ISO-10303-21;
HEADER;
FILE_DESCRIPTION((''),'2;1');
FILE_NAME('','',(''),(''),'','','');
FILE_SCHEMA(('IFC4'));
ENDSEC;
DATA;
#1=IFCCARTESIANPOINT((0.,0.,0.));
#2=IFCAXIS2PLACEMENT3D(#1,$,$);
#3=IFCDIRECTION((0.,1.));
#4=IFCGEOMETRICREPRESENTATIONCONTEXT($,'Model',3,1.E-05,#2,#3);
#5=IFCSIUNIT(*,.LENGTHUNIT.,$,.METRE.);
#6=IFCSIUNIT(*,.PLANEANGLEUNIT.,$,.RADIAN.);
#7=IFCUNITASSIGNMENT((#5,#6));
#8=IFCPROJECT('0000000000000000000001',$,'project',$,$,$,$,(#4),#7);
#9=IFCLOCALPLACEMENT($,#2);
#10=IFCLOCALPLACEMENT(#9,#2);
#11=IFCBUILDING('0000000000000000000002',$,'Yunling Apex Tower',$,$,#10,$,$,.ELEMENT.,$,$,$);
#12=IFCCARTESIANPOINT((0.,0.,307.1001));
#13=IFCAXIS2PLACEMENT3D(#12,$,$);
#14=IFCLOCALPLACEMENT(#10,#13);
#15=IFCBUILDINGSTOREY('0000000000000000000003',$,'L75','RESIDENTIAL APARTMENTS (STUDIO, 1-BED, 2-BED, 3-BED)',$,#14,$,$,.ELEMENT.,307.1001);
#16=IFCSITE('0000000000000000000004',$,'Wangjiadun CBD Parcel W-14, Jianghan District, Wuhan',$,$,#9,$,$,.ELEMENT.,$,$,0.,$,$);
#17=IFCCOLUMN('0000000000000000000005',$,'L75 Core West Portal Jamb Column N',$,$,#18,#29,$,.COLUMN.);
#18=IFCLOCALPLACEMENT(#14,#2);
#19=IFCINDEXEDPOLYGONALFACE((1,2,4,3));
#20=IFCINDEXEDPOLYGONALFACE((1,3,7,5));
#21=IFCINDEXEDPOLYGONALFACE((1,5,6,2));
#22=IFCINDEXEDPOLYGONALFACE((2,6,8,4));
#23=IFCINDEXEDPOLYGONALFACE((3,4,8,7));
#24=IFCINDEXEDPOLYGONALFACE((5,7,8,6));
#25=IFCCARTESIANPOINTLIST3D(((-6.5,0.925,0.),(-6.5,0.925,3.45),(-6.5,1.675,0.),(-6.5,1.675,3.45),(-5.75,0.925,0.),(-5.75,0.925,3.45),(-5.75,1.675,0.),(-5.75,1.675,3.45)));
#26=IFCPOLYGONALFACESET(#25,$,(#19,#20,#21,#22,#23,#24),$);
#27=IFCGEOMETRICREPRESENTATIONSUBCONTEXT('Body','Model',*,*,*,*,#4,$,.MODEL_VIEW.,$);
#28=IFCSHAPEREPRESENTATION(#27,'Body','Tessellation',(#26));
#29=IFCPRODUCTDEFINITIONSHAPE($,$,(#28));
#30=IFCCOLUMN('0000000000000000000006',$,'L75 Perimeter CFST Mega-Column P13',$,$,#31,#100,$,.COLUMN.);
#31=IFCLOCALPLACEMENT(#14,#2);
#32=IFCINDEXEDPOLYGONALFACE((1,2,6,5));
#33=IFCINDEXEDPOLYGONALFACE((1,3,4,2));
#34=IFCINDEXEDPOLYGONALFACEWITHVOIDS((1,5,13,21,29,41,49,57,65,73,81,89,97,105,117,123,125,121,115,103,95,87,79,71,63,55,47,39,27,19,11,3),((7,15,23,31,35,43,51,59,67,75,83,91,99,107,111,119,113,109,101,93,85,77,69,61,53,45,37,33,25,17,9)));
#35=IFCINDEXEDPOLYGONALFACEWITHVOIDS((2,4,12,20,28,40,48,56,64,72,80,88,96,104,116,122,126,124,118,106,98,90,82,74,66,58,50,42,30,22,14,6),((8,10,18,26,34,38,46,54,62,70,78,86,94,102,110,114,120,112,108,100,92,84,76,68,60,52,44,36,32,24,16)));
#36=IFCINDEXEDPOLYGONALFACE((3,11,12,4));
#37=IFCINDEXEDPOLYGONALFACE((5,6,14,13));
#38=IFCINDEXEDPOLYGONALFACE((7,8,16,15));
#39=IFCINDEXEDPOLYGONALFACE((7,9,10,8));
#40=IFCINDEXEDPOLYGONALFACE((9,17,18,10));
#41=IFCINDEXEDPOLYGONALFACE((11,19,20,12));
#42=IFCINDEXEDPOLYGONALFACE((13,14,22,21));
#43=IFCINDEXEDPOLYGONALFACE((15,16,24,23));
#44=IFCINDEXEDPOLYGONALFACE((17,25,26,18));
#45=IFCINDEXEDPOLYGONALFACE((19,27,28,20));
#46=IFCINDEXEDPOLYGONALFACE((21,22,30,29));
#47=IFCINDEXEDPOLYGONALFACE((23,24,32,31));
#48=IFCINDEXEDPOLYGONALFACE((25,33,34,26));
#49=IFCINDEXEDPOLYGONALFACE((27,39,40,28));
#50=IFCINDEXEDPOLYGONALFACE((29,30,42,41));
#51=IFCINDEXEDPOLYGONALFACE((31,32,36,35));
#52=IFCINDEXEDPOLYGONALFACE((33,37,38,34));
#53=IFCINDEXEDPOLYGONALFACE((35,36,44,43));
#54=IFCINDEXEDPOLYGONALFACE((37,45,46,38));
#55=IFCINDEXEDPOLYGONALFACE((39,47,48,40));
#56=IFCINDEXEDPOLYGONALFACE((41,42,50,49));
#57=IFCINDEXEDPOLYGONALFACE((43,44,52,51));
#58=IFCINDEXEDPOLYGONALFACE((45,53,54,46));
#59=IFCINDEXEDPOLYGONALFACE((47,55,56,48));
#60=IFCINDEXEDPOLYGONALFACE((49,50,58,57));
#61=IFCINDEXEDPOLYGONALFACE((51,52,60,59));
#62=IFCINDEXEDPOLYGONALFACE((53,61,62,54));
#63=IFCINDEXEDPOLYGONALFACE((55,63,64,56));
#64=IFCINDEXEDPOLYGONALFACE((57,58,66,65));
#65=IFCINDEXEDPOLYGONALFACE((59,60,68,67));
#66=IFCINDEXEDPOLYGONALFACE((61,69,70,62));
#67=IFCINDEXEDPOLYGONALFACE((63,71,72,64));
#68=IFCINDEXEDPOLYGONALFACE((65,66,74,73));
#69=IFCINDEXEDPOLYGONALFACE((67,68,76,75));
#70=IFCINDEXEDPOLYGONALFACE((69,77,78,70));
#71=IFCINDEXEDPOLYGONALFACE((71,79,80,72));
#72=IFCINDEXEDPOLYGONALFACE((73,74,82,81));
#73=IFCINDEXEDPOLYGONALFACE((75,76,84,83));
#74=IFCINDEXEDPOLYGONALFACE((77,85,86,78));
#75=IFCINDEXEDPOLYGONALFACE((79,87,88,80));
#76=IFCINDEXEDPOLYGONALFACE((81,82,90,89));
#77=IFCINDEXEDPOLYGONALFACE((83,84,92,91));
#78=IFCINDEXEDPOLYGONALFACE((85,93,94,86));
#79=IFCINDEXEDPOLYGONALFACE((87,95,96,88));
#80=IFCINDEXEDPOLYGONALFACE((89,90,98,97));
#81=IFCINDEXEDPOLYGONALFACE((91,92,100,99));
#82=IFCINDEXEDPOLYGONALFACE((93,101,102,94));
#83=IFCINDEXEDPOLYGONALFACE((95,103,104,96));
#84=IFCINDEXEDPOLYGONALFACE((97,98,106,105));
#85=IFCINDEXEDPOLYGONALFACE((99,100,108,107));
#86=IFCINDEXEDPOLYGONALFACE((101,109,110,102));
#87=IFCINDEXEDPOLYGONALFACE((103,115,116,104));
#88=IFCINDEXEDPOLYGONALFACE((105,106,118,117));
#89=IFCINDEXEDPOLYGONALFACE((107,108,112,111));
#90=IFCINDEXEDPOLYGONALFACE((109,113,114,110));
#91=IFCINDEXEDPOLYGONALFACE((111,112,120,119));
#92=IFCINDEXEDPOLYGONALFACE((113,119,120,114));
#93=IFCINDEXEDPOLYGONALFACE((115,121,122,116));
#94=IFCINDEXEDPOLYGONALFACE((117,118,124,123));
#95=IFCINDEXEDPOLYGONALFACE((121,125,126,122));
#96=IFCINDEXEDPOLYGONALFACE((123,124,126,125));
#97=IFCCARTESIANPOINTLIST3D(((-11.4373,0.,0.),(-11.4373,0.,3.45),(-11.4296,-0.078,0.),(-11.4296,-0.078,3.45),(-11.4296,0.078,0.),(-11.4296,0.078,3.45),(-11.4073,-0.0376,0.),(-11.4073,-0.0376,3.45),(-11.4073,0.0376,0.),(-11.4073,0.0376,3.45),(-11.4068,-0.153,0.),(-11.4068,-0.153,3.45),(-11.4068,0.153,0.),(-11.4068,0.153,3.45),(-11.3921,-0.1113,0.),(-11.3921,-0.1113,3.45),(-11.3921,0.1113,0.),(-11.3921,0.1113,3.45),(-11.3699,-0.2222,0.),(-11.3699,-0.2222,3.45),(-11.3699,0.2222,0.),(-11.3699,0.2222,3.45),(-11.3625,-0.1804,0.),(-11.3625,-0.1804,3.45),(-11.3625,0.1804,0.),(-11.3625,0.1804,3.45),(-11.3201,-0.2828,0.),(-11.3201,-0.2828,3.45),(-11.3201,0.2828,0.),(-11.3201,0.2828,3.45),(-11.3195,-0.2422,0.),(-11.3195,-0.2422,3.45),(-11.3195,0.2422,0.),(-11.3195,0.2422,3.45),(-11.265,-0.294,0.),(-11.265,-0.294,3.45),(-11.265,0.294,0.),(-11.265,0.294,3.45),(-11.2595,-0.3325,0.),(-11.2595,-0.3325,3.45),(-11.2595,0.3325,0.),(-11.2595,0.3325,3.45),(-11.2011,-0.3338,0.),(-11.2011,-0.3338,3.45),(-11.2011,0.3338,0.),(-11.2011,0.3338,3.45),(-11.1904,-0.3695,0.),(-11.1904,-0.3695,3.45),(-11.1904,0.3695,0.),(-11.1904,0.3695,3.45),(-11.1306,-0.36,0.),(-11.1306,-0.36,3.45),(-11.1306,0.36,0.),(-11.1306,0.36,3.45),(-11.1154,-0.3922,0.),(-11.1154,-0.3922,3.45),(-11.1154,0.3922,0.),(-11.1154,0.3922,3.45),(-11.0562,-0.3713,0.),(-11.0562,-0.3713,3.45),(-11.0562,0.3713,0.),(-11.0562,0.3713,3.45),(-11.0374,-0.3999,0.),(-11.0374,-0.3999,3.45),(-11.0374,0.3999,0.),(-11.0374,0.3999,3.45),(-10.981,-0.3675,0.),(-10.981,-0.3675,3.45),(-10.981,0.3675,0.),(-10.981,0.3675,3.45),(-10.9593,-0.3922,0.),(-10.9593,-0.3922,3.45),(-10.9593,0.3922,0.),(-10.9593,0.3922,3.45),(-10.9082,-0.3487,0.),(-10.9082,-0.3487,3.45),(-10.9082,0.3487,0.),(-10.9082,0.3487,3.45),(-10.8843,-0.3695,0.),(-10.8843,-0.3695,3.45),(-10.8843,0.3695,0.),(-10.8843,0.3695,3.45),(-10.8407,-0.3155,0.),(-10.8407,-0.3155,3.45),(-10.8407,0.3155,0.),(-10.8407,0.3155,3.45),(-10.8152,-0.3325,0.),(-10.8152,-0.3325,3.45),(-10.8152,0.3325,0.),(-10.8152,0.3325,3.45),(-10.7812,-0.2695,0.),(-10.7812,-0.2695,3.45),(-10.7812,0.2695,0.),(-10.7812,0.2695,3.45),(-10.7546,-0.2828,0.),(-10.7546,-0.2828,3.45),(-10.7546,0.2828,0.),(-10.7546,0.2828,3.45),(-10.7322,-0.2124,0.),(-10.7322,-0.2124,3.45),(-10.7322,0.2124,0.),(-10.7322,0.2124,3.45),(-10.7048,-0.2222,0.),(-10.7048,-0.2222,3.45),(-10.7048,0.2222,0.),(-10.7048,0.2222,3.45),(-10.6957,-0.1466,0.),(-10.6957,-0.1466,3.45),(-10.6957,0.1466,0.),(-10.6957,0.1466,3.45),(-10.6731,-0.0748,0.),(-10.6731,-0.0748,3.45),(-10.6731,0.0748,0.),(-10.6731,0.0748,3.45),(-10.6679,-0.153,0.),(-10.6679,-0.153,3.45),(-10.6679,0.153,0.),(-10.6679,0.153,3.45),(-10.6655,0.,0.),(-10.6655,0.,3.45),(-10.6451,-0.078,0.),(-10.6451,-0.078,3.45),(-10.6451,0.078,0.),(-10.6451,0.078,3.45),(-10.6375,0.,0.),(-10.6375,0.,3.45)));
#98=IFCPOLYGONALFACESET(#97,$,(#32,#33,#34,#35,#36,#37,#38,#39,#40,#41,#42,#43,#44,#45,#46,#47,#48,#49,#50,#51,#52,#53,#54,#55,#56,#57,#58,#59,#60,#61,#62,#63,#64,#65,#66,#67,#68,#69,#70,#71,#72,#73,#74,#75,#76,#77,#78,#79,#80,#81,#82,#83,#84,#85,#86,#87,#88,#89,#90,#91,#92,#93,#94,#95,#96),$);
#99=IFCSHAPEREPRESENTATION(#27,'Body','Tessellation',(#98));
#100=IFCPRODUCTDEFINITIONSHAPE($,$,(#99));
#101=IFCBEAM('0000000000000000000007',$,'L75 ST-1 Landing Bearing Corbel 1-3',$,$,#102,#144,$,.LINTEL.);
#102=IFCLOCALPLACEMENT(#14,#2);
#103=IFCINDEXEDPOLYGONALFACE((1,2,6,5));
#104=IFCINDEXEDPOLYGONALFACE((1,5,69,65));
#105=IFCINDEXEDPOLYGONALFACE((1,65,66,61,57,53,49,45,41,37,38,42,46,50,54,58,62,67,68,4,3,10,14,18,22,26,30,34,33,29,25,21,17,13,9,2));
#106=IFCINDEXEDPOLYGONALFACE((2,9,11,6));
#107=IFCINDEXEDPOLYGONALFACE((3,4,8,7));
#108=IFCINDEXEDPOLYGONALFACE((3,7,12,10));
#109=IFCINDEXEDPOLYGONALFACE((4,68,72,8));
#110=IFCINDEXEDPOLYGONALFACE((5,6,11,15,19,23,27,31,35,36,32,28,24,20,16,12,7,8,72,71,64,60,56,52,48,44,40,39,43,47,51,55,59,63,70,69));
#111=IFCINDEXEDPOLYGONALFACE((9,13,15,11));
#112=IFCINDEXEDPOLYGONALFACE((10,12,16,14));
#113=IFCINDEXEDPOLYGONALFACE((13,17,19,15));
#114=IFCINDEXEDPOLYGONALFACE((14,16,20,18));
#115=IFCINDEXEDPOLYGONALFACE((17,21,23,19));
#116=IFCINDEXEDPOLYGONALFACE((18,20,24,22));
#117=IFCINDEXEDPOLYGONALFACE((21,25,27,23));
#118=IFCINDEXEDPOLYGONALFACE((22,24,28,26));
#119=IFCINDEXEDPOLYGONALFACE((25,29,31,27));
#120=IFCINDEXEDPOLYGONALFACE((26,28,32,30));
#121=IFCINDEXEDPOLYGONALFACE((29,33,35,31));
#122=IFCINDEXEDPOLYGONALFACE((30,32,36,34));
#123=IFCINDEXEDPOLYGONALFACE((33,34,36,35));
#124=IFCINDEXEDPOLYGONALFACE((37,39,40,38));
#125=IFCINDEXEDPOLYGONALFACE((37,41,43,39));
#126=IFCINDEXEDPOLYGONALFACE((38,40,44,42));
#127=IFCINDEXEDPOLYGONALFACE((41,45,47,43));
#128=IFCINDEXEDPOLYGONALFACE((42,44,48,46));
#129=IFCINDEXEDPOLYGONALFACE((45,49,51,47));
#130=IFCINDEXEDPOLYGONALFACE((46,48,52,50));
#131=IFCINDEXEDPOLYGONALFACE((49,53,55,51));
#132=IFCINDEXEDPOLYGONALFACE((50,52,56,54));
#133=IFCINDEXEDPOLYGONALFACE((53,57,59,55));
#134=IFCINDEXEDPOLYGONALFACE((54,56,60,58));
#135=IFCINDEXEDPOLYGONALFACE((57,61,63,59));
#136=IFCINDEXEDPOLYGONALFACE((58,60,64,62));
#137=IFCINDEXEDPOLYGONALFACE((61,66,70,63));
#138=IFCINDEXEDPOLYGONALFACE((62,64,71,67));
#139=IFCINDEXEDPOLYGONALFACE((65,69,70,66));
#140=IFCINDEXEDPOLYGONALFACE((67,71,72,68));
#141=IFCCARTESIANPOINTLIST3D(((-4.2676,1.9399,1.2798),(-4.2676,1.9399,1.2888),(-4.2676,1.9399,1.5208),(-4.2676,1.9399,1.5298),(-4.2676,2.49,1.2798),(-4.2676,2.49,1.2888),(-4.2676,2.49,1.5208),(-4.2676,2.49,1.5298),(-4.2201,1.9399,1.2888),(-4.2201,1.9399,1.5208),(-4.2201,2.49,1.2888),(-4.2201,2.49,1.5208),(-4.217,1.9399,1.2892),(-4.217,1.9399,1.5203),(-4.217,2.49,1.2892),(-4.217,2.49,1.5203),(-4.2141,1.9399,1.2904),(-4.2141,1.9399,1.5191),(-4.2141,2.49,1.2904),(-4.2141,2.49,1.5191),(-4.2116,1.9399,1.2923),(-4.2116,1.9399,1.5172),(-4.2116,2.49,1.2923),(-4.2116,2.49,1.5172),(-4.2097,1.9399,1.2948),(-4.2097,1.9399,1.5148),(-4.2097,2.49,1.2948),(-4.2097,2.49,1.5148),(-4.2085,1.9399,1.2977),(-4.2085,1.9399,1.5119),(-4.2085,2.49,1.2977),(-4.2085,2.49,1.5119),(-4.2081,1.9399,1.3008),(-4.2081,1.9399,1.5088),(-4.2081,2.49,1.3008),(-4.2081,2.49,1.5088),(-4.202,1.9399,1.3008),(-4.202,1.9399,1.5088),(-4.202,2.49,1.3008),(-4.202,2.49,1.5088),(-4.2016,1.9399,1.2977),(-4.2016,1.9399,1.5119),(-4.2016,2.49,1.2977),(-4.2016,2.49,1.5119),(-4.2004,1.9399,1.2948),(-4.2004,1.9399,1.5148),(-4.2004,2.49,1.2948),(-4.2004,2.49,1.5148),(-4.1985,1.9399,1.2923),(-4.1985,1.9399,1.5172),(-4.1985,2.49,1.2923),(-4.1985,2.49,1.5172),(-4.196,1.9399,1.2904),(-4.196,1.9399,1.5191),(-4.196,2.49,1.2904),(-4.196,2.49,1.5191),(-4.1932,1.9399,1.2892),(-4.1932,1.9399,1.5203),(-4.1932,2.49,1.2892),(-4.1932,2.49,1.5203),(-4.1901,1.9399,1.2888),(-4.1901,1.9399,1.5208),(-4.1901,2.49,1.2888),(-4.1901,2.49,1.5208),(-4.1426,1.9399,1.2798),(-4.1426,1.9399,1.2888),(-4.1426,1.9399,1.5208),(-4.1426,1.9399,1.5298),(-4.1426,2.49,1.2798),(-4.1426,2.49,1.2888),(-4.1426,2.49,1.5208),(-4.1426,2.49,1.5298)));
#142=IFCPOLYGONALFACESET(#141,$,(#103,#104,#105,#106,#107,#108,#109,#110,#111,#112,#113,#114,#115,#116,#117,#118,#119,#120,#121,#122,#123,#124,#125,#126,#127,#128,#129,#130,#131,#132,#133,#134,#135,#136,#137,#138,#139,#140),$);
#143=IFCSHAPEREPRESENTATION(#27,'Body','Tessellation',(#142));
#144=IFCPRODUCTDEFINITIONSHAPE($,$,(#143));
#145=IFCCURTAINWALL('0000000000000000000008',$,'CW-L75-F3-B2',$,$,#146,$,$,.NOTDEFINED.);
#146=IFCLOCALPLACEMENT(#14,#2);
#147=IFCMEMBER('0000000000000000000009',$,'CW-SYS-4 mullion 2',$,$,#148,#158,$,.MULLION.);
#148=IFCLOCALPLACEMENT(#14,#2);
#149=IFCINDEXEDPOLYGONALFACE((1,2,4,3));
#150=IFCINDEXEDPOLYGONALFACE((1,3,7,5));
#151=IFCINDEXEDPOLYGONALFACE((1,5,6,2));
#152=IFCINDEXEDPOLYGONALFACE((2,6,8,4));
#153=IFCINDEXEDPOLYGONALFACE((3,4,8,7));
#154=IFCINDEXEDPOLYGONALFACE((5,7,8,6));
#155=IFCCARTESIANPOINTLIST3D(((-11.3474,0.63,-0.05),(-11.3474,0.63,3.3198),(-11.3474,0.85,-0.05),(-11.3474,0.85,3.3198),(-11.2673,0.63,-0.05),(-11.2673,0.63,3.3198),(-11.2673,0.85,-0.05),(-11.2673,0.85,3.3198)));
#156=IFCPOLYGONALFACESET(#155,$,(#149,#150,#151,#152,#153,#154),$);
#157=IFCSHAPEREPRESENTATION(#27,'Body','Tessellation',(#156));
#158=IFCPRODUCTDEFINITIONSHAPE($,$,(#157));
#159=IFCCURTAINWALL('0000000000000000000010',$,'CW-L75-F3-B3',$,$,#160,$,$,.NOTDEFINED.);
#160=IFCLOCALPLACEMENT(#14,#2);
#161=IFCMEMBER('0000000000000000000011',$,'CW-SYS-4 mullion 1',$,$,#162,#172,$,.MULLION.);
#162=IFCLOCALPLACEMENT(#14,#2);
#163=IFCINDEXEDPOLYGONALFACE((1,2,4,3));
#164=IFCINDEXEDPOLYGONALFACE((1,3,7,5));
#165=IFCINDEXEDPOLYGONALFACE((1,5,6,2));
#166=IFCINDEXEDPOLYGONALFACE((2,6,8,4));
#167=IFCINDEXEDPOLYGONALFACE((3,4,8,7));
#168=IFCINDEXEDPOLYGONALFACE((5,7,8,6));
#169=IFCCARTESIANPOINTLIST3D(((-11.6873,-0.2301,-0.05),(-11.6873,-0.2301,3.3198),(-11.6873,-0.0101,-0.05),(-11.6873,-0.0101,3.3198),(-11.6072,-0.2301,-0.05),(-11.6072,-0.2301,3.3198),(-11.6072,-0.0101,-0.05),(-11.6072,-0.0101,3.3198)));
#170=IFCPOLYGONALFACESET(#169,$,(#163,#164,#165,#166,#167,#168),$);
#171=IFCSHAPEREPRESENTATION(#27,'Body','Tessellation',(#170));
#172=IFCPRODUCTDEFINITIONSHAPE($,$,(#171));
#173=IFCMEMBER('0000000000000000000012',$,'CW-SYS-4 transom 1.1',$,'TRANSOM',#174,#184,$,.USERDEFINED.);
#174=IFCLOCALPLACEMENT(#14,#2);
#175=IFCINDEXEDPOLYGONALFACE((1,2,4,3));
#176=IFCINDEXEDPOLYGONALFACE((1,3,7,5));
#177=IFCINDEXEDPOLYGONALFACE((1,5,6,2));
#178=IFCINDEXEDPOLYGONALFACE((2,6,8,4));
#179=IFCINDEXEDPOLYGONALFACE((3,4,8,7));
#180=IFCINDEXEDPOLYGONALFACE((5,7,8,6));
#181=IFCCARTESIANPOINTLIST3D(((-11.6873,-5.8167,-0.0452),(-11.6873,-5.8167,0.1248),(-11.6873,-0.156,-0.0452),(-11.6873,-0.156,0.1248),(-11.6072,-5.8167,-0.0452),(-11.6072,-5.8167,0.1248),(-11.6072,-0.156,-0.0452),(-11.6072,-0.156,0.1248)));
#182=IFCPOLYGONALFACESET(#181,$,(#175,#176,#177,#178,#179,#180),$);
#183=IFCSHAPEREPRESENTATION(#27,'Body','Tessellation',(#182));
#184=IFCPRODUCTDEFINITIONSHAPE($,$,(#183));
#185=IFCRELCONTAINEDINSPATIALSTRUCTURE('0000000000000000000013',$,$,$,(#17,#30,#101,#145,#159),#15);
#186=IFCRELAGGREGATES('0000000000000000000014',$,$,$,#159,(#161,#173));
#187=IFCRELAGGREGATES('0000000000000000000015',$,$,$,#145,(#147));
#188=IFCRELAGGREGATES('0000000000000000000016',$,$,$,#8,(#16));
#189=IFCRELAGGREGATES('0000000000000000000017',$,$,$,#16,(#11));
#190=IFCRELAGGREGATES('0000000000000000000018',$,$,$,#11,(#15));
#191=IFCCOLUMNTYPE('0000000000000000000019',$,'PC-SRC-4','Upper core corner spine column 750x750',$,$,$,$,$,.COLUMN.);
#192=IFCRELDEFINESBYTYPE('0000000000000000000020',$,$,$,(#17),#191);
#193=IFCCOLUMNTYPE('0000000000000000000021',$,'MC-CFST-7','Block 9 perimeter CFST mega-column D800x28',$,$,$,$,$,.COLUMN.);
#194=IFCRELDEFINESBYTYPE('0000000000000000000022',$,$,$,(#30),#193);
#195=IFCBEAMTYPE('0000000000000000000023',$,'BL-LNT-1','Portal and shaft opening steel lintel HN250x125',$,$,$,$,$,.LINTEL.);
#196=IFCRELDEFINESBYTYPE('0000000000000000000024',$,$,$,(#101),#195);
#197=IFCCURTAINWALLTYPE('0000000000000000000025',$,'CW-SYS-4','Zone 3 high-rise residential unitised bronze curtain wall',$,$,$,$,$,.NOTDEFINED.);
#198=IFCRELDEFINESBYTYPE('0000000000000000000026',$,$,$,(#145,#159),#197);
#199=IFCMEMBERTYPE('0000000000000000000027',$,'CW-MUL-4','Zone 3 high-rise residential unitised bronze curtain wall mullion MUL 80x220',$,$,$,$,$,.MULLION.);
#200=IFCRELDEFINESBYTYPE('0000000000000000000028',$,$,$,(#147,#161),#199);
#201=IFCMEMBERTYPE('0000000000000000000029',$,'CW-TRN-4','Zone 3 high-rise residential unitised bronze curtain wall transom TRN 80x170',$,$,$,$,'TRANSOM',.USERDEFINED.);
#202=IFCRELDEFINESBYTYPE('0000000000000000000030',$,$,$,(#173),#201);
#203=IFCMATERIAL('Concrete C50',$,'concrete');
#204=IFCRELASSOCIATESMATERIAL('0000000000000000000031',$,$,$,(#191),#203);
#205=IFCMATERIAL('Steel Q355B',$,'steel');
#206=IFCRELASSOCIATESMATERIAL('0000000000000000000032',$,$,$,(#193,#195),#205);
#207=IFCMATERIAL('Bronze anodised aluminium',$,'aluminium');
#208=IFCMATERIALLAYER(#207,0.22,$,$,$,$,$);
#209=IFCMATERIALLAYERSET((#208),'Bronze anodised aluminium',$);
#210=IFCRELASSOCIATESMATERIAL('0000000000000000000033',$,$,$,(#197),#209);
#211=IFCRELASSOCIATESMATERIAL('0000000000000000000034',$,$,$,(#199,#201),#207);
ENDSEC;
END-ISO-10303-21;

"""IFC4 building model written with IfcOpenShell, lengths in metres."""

from ifc_helpers import new_model, si_unit, direction, frame, origin, origin_2d, place, context, subcontext, project, spatial, rectangle, hollow_circle, i_section, extrude, source, transform, mapped, material, layer, layer_set, material_profile, profile_set, type_object, element, aggregate, save


model = new_model("IFC4")

# Units and contexts
model_context = context("Model", 3, precision=1e-05, world=origin(), true_north=direction((0.0, 1.0)))
body_context = subcontext(model_context, "Body", "Model", "MODEL_VIEW")
ifc_project = project(units=[si_unit("LENGTHUNIT", "METRE"), si_unit("PLANEANGLEUNIT", "RADIAN")], contexts=[model_context])

# Site, building, storey
site_placement = place(None, origin())
site = spatial("IfcSite", under=ifc_project, at=site_placement, Name="Wangjiadun CBD Parcel W-14, Jianghan District, Wuhan", CompositionType="ELEMENT", RefElevation=0.0)
building_placement = place(site_placement, origin())
building = spatial("IfcBuilding", under=site, at=building_placement, Name="Yunling Apex Tower", CompositionType="ELEMENT")
storey_placement = place(building_placement, frame((0.0, 0.0, 307.1001)))
storey = spatial("IfcBuildingStorey", under=building, at=storey_placement, Name="L75", Description="RESIDENTIAL APARTMENTS (STUDIO, 1-BED, 2-BED, 3-BED)", CompositionType="ELEMENT", Elevation=307.1001)

# Columns
ifc_material_1 = material(Name="Concrete C50", Category="concrete")
ifc_material_profile_1 = material_profile(ifc_material_1, rectangle(XDim=0.75, YDim=0.75, at=origin_2d()))
ifc_profile_set_1 = profile_set([ifc_material_profile_1], Name="Concrete C50")
column_type_1 = type_object("IfcColumnType", Name="PC-SRC-4", Description="Upper core corner spine column 750x750", PredefinedType="COLUMN", material=ifc_profile_set_1)
shared_shape_1 = source(origin(), body_context, "Body", "SweptSolid", [
    extrude(rectangle(XDim=0.75, YDim=0.75, at=origin_2d()), origin(), (0.0, 0.0, 1.0), 3.45),
])
column_1_placement = place(storey_placement, frame((-6.125, 1.3, 0.0), z_axis=(0.0, 0.0, 1.0), x_axis=(1.0, 0.0, 0.0)))
element("IfcColumn", 1, at=column_1_placement, inside=storey, type_object=column_type_1, Name="L75 Core West Portal Jamb Column N", PredefinedType="COLUMN", context=body_context, shape_type="MappedRepresentation", body=[
    mapped(shared_shape_1, transform((0.0, 0.0, 0.0), scale=1.0)),
])
ifc_material_2 = material(Name="Steel Q355B", Category="steel")
ifc_material_profile_2 = material_profile(ifc_material_2, hollow_circle(Radius=0.3999, WallThickness=0.0281, at=origin_2d()))
ifc_profile_set_2 = profile_set([ifc_material_profile_2], Name="Steel Q355B")
column_type_2 = type_object("IfcColumnType", Name="MC-CFST-7", Description="Block 9 perimeter CFST mega-column D800x28", PredefinedType="COLUMN", material=ifc_profile_set_2)
shared_shape_2 = source(origin(), body_context, "Body", "SweptSolid", [
    extrude(hollow_circle(Radius=0.3999, WallThickness=0.0281, at=origin_2d()), origin(), (0.0, 0.0, 1.0), 3.45),
])
column_2_placement = place(storey_placement, frame((-11.0374, 0.0, 0.0), z_axis=(0.0, 0.0, 1.0), x_axis=(1.0, 0.0, 0.0)))
element("IfcColumn", 2, at=column_2_placement, inside=storey, type_object=column_type_2, Name="L75 Perimeter CFST Mega-Column P13", PredefinedType="COLUMN", context=body_context, shape_type="MappedRepresentation", body=[
    mapped(shared_shape_2, transform((0.0, 0.0, 0.0), scale=1.0)),
])

# Beam
ifc_material_profile_3 = material_profile(ifc_material_2, i_section(OverallWidth=0.125, OverallDepth=0.25, WebThickness=0.0061, FlangeThickness=0.009, FilletRadius=0.012, at=origin_2d()))
ifc_profile_set_3 = profile_set([ifc_material_profile_3], Name="Steel Q355B")
beam_type = type_object("IfcBeamType", Name="BL-LNT-1", Description="Portal and shaft opening steel lintel HN250x125", PredefinedType="LINTEL", material=ifc_profile_set_3)
shared_shape_3 = source(origin(), body_context, "Body", "SweptSolid", [
    extrude(i_section(OverallWidth=0.125, OverallDepth=0.25, WebThickness=0.0061, FlangeThickness=0.009, FilletRadius=0.012, at=origin_2d()), origin(), (0.0, 0.0, 1.0), 0.55),
])
beam_placement = place(storey_placement, frame((-4.2051, 1.9399, 1.4048), z_axis=(0.0, 1.0, 0.0), x_axis=(-1.0, 0.0, 0.0)))
element("IfcBeam", 3, at=beam_placement, inside=storey, type_object=beam_type, Name="L75 ST-1 Landing Bearing Corbel 1-3", PredefinedType="LINTEL", context=body_context, shape_type="MappedRepresentation", body=[
    mapped(shared_shape_3, transform((0.0, 0.0, 0.0), scale=1.0)),
])

# Curtain wall, member
ifc_material_3 = material(Name="Bronze anodised aluminium", Category="aluminium")
ifc_layer_1 = layer(ifc_material_3, 0.22)
ifc_layer_set_1 = layer_set([ifc_layer_1], Name="Bronze anodised aluminium")
curtain_wall_type = type_object("IfcCurtainWallType", Name="CW-SYS-4", Description="Zone 3 high-rise residential unitised bronze curtain wall", PredefinedType="NOTDEFINED", material=ifc_layer_set_1)
curtain_wall_1_placement = place(storey_placement, origin())
curtain_wall_1 = element("IfcCurtainWall", 4, at=curtain_wall_1_placement, inside=storey, type_object=curtain_wall_type, Name="CW-L75-F3-B2", PredefinedType="NOTDEFINED")
ifc_material_profile_4 = material_profile(ifc_material_3, rectangle(XDim=0.0801, YDim=0.22, at=origin_2d()))
ifc_profile_set_4 = profile_set([ifc_material_profile_4], Name="Bronze anodised aluminium")
member_type_1 = type_object("IfcMemberType", Name="CW-MUL-4", Description="Zone 3 high-rise residential unitised bronze curtain wall mullion MUL 80x220", PredefinedType="MULLION", material=ifc_profile_set_4)
shared_shape_4 = source(origin(), body_context, "Body", "SweptSolid", [
    extrude(rectangle(XDim=0.0801, YDim=0.22, at=origin_2d()), origin(), (0.0, 0.0, 1.0), 3.3699),
])
member_1_placement = place(storey_placement, frame((-11.3074, 0.74, -0.05), z_axis=(0.0, 0.0, 1.0), x_axis=(1.0, 0.0, 0.0)))
member_1 = element("IfcMember", 5, at=member_1_placement, type_object=member_type_1, Name="CW-SYS-4 mullion 2", PredefinedType="MULLION", context=body_context, shape_type="MappedRepresentation", body=[
    mapped(shared_shape_4, transform((0.0, 0.0, 0.0), scale=1.0)),
])

# Curtain wall, members
curtain_wall_2_placement = place(storey_placement, origin())
curtain_wall_2 = element("IfcCurtainWall", 6, at=curtain_wall_2_placement, inside=storey, type_object=curtain_wall_type, Name="CW-L75-F3-B3", PredefinedType="NOTDEFINED")
member_2_placement = place(storey_placement, frame((-11.6472, -0.1201, -0.05), z_axis=(0.0, 0.0, 1.0), x_axis=(1.0, 0.0, 0.0)))
member_2 = element("IfcMember", 7, at=member_2_placement, type_object=member_type_1, Name="CW-SYS-4 mullion 1", PredefinedType="MULLION", context=body_context, shape_type="MappedRepresentation", body=[
    mapped(shared_shape_4, transform((0.0, 0.0, 0.0), scale=1.0)),
])
ifc_material_profile_5 = material_profile(ifc_material_3, rectangle(XDim=0.0801, YDim=0.1699, at=origin_2d()))
ifc_profile_set_5 = profile_set([ifc_material_profile_5], Name="Bronze anodised aluminium")
member_type_2 = type_object("IfcMemberType", Name="CW-TRN-4", Description="Zone 3 high-rise residential unitised bronze curtain wall transom TRN 80x170", ElementType="TRANSOM", PredefinedType="USERDEFINED", material=ifc_profile_set_5)
shared_shape_5 = source(origin(), body_context, "Body", "SweptSolid", [
    extrude(rectangle(XDim=0.0801, YDim=0.1699, at=origin_2d()), origin(), (0.0, 0.0, 1.0), 5.6606),
])
member_3_placement = place(storey_placement, frame((-11.6472, -0.156, 0.0398), z_axis=(0.0, -1.0, 0.0), x_axis=(1.0, 0.0, 0.0)))
member_3 = element("IfcMember", 8, at=member_3_placement, type_object=member_type_2, Name="CW-SYS-4 transom 1.1", ObjectType="TRANSOM", PredefinedType="USERDEFINED", context=body_context, shape_type="MappedRepresentation", body=[
    mapped(shared_shape_5, transform((0.0, 0.0, 0.0), scale=1.0)),
])
aggregate(curtain_wall_2, [member_2, member_3])

aggregate(curtain_wall_1, [member_1])

save(model, "model.ifc")
